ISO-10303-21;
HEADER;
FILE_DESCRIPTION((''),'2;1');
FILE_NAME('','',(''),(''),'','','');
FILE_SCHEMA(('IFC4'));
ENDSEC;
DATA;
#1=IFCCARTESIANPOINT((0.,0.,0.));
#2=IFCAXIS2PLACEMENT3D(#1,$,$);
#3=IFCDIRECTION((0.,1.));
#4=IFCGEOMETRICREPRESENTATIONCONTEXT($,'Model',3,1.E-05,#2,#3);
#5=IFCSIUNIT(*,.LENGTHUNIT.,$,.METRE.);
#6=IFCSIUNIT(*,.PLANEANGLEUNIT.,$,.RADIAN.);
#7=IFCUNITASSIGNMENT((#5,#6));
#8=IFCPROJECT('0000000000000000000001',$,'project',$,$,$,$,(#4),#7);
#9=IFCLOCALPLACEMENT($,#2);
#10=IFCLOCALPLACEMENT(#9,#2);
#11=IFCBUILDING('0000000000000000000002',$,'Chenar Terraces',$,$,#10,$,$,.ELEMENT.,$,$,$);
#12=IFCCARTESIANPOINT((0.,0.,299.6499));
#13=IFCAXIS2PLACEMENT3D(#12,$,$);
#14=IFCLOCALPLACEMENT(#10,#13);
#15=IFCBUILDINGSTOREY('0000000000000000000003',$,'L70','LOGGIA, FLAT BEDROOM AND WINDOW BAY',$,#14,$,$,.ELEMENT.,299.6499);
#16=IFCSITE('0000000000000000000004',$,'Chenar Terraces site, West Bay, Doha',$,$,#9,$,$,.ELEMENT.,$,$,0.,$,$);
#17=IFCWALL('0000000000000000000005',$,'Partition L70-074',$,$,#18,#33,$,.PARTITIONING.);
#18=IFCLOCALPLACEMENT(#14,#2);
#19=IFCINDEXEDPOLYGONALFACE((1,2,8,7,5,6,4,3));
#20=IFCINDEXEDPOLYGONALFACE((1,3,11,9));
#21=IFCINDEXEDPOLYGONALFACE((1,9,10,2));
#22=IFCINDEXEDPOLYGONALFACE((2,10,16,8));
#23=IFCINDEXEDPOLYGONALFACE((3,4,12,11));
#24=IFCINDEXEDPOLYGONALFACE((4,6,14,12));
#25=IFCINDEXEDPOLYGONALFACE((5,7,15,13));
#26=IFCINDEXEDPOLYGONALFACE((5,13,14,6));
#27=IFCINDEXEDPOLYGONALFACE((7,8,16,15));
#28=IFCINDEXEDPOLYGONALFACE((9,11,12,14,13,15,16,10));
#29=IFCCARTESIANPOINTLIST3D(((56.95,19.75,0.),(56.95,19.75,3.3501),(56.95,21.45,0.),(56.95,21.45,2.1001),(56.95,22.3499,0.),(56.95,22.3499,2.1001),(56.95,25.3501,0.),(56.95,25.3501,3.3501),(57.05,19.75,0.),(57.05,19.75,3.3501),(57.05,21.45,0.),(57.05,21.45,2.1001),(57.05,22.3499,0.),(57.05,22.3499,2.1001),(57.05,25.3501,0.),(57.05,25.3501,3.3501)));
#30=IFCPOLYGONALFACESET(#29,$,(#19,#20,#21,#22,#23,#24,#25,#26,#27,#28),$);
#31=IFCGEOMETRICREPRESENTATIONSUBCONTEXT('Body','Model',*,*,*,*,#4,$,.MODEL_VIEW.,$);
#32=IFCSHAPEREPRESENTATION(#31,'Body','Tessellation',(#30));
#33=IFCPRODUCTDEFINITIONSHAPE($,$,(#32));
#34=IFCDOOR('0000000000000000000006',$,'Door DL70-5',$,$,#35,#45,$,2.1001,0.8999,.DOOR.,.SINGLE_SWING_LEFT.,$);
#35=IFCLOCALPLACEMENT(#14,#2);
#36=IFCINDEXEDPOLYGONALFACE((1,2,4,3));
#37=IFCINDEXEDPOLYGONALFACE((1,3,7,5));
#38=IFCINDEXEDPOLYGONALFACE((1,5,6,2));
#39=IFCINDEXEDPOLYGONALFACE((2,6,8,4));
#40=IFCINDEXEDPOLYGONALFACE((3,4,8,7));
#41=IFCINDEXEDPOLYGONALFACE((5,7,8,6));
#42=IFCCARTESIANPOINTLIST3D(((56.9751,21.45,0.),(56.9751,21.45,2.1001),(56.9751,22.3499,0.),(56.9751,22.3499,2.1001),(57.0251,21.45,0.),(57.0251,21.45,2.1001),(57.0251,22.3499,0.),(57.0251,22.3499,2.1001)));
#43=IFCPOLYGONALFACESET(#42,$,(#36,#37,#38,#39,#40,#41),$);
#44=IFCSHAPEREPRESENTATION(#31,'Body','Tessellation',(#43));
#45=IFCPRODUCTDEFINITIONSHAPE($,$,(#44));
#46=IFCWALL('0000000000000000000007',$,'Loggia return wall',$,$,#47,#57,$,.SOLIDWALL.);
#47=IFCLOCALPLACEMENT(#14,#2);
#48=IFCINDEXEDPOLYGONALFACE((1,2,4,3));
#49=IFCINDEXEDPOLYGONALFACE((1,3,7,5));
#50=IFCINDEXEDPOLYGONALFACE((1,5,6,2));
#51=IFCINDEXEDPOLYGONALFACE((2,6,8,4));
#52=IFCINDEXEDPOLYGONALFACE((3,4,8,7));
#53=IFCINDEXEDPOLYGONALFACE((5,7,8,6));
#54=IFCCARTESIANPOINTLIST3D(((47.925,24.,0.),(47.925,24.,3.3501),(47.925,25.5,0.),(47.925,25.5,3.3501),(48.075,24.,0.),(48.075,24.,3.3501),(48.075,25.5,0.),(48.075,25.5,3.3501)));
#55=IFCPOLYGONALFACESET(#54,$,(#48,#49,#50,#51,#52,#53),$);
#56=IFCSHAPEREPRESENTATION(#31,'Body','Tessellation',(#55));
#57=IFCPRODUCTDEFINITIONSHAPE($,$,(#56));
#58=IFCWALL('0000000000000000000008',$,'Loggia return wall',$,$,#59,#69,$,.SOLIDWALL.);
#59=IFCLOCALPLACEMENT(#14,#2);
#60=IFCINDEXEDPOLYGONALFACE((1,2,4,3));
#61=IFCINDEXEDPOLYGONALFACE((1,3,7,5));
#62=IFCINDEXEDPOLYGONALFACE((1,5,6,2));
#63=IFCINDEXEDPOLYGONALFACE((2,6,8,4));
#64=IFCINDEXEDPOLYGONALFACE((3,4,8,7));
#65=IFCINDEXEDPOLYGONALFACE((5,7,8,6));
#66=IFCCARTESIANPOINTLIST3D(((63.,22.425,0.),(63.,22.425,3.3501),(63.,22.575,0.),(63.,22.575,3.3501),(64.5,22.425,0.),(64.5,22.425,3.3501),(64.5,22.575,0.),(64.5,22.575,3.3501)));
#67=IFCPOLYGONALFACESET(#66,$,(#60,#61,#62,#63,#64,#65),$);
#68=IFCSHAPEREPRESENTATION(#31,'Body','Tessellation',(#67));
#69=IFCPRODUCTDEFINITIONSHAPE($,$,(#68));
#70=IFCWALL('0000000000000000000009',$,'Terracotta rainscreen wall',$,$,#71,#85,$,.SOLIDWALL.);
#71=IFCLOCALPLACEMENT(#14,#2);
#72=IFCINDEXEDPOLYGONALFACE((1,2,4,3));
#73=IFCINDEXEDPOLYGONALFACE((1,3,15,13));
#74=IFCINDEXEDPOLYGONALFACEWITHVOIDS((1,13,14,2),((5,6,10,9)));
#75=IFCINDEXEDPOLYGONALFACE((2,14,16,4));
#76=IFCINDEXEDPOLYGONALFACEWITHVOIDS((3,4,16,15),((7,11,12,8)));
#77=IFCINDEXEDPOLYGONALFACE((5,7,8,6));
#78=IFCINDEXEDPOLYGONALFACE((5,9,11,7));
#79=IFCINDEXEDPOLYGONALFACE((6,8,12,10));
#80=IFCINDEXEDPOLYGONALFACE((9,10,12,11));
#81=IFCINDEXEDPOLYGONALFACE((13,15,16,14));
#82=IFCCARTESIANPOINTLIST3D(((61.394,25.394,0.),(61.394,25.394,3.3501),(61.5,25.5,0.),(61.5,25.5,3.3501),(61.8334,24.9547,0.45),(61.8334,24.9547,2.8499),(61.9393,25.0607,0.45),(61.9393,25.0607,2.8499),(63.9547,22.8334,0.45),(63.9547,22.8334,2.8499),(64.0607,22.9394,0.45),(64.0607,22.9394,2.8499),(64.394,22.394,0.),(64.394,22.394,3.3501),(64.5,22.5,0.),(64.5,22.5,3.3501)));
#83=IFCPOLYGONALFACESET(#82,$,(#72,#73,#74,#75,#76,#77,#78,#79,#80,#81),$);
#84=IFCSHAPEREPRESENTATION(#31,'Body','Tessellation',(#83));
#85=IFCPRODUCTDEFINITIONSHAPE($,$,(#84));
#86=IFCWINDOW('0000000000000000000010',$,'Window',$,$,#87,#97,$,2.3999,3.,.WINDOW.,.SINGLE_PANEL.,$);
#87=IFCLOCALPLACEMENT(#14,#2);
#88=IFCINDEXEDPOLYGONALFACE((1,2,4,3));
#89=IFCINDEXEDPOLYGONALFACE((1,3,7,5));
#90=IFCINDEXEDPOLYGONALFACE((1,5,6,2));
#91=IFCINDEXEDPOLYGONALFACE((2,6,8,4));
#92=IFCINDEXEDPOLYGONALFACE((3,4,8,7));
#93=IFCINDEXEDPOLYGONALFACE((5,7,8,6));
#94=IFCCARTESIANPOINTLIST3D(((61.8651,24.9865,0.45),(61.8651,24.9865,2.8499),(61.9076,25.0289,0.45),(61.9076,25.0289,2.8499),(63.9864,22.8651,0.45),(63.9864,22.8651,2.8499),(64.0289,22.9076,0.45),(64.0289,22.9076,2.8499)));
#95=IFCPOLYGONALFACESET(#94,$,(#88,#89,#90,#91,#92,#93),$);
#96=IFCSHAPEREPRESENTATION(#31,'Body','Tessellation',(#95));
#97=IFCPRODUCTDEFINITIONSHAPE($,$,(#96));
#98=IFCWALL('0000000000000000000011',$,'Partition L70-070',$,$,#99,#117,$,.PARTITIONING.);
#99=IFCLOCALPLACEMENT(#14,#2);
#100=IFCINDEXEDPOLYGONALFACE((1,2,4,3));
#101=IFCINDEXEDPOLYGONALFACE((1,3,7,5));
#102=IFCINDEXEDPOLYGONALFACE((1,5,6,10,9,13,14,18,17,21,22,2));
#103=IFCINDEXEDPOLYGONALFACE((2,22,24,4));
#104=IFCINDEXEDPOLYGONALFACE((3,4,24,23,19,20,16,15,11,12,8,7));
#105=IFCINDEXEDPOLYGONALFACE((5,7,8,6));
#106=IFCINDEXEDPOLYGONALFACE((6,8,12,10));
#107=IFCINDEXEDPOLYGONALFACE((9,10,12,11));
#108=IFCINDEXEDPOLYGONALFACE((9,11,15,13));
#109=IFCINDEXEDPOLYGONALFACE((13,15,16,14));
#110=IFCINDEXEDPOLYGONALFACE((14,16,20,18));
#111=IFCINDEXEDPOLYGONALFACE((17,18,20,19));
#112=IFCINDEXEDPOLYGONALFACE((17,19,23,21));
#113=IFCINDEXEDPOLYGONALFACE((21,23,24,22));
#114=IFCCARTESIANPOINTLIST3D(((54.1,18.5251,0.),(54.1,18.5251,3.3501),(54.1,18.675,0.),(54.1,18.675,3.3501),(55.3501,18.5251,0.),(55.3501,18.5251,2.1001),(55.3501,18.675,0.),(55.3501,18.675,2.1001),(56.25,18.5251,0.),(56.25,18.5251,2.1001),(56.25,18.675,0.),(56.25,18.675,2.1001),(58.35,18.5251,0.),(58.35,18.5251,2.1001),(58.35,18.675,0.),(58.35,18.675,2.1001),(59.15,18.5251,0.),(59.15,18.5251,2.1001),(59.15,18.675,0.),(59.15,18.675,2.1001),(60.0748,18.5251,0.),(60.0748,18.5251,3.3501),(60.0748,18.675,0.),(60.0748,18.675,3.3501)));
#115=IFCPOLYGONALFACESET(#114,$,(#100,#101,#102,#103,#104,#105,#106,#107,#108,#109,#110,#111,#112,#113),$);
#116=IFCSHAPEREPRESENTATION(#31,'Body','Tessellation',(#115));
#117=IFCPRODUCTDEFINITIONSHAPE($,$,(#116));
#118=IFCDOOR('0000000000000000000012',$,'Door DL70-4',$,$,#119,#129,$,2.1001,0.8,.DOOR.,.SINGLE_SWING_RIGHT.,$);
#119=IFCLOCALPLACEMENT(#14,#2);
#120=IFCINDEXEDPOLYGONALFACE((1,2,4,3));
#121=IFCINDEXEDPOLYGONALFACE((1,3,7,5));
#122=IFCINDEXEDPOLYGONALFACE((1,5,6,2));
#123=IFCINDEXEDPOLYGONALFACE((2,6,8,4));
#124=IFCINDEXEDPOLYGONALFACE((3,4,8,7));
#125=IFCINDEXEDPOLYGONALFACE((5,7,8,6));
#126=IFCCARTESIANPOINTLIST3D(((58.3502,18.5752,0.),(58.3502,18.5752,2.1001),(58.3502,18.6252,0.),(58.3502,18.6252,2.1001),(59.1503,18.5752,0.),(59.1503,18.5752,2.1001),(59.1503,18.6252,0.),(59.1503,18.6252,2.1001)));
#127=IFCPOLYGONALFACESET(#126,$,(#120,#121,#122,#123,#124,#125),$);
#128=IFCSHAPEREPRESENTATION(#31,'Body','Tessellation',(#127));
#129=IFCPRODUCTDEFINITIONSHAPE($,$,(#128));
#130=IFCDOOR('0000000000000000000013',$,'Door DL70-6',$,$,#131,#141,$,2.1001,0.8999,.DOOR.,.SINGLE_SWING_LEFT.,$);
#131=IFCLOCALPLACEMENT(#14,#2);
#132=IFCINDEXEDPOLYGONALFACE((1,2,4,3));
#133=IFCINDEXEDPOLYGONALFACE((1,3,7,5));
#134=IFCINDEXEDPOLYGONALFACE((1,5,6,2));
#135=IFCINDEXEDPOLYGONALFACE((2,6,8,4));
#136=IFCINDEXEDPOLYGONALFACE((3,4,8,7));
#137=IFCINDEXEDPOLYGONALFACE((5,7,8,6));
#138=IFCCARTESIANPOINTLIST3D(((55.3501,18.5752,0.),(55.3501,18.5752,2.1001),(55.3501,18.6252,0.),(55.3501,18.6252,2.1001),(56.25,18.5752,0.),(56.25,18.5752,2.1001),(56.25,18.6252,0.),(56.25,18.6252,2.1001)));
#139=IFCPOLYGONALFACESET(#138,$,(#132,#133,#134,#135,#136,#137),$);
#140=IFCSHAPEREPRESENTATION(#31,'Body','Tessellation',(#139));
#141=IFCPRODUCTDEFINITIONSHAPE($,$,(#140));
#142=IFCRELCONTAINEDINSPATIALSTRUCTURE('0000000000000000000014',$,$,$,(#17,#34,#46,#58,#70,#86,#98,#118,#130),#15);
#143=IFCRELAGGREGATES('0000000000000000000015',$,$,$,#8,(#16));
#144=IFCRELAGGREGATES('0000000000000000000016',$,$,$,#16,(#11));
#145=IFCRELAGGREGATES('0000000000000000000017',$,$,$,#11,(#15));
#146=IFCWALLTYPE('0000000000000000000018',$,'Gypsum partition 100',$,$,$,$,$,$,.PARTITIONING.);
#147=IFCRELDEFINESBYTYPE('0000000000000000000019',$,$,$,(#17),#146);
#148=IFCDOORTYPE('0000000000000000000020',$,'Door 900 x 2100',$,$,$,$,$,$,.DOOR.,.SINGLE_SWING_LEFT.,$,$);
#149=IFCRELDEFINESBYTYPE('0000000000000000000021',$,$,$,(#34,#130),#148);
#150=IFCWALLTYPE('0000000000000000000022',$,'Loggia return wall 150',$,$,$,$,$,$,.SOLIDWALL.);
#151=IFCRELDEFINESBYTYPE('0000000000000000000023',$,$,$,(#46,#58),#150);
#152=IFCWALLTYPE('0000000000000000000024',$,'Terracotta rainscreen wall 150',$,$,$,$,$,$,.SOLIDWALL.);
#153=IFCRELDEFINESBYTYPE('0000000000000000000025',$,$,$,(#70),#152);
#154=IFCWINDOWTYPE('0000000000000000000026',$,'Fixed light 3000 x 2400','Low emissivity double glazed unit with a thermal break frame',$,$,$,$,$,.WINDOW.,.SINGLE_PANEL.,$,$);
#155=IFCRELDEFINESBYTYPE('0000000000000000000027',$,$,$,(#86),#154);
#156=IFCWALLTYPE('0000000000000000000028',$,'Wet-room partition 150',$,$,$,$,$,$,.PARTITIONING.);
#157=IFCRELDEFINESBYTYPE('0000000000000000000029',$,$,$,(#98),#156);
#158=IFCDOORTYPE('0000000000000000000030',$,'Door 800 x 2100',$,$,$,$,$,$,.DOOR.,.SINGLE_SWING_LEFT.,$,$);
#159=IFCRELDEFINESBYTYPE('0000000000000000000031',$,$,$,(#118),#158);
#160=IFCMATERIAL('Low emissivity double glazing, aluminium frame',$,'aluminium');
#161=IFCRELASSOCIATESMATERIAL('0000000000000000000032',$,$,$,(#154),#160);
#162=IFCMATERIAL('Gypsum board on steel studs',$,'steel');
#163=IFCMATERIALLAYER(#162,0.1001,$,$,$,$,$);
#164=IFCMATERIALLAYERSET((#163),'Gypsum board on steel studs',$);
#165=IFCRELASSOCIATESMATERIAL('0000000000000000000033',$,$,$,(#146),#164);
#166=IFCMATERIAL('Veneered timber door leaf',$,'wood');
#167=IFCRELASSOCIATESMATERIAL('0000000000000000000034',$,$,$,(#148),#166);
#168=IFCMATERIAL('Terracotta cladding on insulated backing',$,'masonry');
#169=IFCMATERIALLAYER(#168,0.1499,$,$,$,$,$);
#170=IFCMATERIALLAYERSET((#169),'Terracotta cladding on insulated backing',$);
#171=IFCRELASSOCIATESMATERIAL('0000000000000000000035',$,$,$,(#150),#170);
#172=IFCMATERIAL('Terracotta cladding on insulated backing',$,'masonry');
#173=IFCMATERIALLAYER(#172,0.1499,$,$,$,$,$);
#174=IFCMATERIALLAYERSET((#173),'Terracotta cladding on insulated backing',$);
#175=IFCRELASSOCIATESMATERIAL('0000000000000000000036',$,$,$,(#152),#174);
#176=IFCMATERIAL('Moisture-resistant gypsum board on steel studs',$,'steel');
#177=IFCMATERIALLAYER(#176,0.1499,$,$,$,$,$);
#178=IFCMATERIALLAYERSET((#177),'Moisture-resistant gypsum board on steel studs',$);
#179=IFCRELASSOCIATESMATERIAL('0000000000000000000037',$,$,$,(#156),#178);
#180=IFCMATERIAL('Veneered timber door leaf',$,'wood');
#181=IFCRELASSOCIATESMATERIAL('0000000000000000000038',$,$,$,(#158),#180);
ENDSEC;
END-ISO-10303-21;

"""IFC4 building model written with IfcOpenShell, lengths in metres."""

from ifc_helpers import new_model, si_unit, direction, frame, frame_2d, origin, place, context, subcontext, project, spatial, rectangle, extrude, material, layer, layer_set, type_object, element, fill, save


model = new_model("IFC4")

# Units and contexts
model_context = context("Model", 3, precision=1e-05, world=origin(), true_north=direction((0.0, 1.0)))
body_context = subcontext(model_context, "Body", "Model", "MODEL_VIEW")
ifc_project = project(units=[si_unit("LENGTHUNIT", "METRE"), si_unit("PLANEANGLEUNIT", "RADIAN")], contexts=[model_context])

# Site, building, storey
site_placement = place(None, origin())
site = spatial("IfcSite", under=ifc_project, at=site_placement, Name="Chenar Terraces site, West Bay, Doha", CompositionType="ELEMENT", RefElevation=0.0)
building_placement = place(site_placement, origin())
building = spatial("IfcBuilding", under=site, at=building_placement, Name="Chenar Terraces", CompositionType="ELEMENT")
storey_placement = place(building_placement, frame((0.0, 0.0, 299.6499)))
storey = spatial("IfcBuildingStorey", under=building, at=storey_placement, Name="L70", Description="LOGGIA, FLAT BEDROOM AND WINDOW BAY", CompositionType="ELEMENT", Elevation=299.6499)

# Shared definitions
ifc_material_1 = material(Name="Low emissivity double glazing, aluminium frame", Category="aluminium")
window_type_1 = type_object("IfcWindowType", Name="Fixed light 3000 x 2400", Description="Low emissivity double glazed unit with a thermal break frame", PartitioningType="SINGLE_PANEL", PredefinedType="WINDOW", material=ifc_material_1)

# Shared definitions
ifc_material_2 = material(Name="Gypsum board on steel studs", Category="steel")
ifc_layer_1 = layer(ifc_material_2, 0.1001)
ifc_layer_set_1 = layer_set([ifc_layer_1], Name="Gypsum board on steel studs")
wall_type_1 = type_object("IfcWallType", Name="Gypsum partition 100", PredefinedType="PARTITIONING", material=ifc_layer_set_1)

# Wall, opening, door
wall_1_placement = place(storey_placement, frame((57.0, 19.75, 0.0), z_axis=(0.0, 0.0, 1.0), x_axis=(0.0, 1.0, 0.0)))
wall_1 = element("IfcWall", 1, at=wall_1_placement, inside=storey, type_object=wall_type_1, Name="Partition L70-074", PredefinedType="PARTITIONING", context=body_context, shape_type="SweptSolid", body=[
    extrude(rectangle(XDim=5.6001, YDim=0.1001, at=frame_2d((2.8, 0.0))), origin(), (0.0, 0.0, 1.0), 3.3501),
])
opening_1_placement = place(wall_1_placement, frame((1.7, 0.0, 0.0)))
opening_1 = element("IfcOpeningElement", 2, at=opening_1_placement, cuts=wall_1, PredefinedType="OPENING", context=body_context, shape_type="SweptSolid", body=[
    extrude(rectangle(XDim=0.8999, YDim=2.1001, at=frame_2d((0.45, 1.05))), frame((0.0, 0.0601, 0.0), z_axis=(0.0, -1.0, 0.0), x_axis=(1.0, 0.0, 0.0)), (0.0, 0.0, 1.0), 0.1201),
])
ifc_material_3 = material(Name="Veneered timber door leaf", Category="wood")
door_type_1 = type_object("IfcDoorType", Name="Door 900 x 2100", OperationType="SINGLE_SWING_LEFT", PredefinedType="DOOR", material=ifc_material_3)
door_1_placement = place(opening_1_placement, origin())
door_1 = element("IfcDoor", 3, at=door_1_placement, inside=storey, type_object=door_type_1, Name="Door DL70-5", OperationType="SINGLE_SWING_LEFT", OverallHeight=2.1001, OverallWidth=0.8999, PredefinedType="DOOR", context=body_context, shape_type="SweptSolid", body=[
    extrude(rectangle(XDim=0.8999, YDim=2.1001, at=frame_2d((0.45, 1.05))), frame((0.0, 0.0249, 0.0), z_axis=(0.0, -1.0, 0.0), x_axis=(1.0, 0.0, 0.0)), (0.0, 0.0, 1.0), 0.05),
])
fill(opening_1, door_1)

# Walls
ifc_material_4 = material(Name="Terracotta cladding on insulated backing", Category="masonry")
ifc_layer_2 = layer(ifc_material_4, 0.1499)
ifc_layer_set_2 = layer_set([ifc_layer_2], Name="Terracotta cladding on insulated backing")
wall_type_2 = type_object("IfcWallType", Name="Loggia return wall 150", PredefinedType="SOLIDWALL", material=ifc_layer_set_2)
for number, where, z_axis, x_axis, name in (
    (4, (48.0, 25.5, 0.0), (0.0, 0.0, 1.0), (0.0, -1.0, 0.0), "Loggia return wall"),
    (5, (64.5, 22.5, 0.0), (0.0, 0.0, 1.0), (-1.0, 0.0, 0.0), "Loggia return wall"),
):
    element("IfcWall", number, at=place(storey_placement, frame(where, z_axis=z_axis, x_axis=x_axis)), inside=storey, type_object=wall_type_2, Name=name, PredefinedType="SOLIDWALL", context=body_context, shape_type="SweptSolid", body=[
        extrude(rectangle(XDim=1.5, YDim=0.1499, at=frame_2d((0.75, 0.0))), origin(), (0.0, 0.0, 1.0), 3.3501),
    ])

# Wall, opening, window
ifc_material_5 = material(Name="Terracotta cladding on insulated backing", Category="masonry")
ifc_layer_3 = layer(ifc_material_5, 0.1499)
ifc_layer_set_3 = layer_set([ifc_layer_3], Name="Terracotta cladding on insulated backing")
wall_type_3 = type_object("IfcWallType", Name="Terracotta rainscreen wall 150", PredefinedType="SOLIDWALL", material=ifc_layer_set_3)
wall_2_placement = place(storey_placement, frame((64.447, 22.447, 0.0), z_axis=(0.0, 0.0, 1.0), x_axis=(-0.707107, 0.707107, 0.0)))
wall_2 = element("IfcWall", 6, at=wall_2_placement, inside=storey, type_object=wall_type_3, Name="Terracotta rainscreen wall", PredefinedType="SOLIDWALL", context=body_context, shape_type="SweptSolid", body=[
    extrude(rectangle(XDim=4.2427, YDim=0.1499, at=frame_2d((2.1213, 0.0))), origin(), (0.0, 0.0, 1.0), 3.3501),
])
opening_2_placement = place(wall_2_placement, frame((0.6213, 0.0, 0.45)))
opening_2 = element("IfcOpeningElement", 7, at=opening_2_placement, cuts=wall_2, PredefinedType="OPENING", context=body_context, shape_type="SweptSolid", body=[
    extrude(rectangle(XDim=3.0, YDim=2.3999, at=frame_2d((1.5, 1.2))), frame((0.0, 0.085, 0.0), z_axis=(0.0, -1.0, 0.0), x_axis=(1.0, 0.0, 0.0)), (0.0, 0.0, 1.0), 0.1699),
])
window_1_placement = place(opening_2_placement, origin())
window_1 = element("IfcWindow", 8, at=window_1_placement, inside=storey, type_object=window_type_1, Name="Window", OverallHeight=2.3999, OverallWidth=3.0, PartitioningType="SINGLE_PANEL", PredefinedType="WINDOW", context=body_context, shape_type="SweptSolid", body=[
    extrude(rectangle(XDim=3.0, YDim=2.3999, at=frame_2d((1.5, 1.2))), frame((0.0, 0.03, 0.0), z_axis=(0.0, -1.0, 0.0), x_axis=(1.0, 0.0, 0.0)), (0.0, 0.0, 1.0), 0.0601),
])
fill(opening_2, window_1)

# Wall, openings, doors
ifc_material_6 = material(Name="Moisture-resistant gypsum board on steel studs", Category="steel")
ifc_layer_4 = layer(ifc_material_6, 0.1499)
ifc_layer_set_4 = layer_set([ifc_layer_4], Name="Moisture-resistant gypsum board on steel studs")
wall_type_4 = type_object("IfcWallType", Name="Wet-room partition 150", PredefinedType="PARTITIONING", material=ifc_layer_set_4)
wall_3_placement = place(storey_placement, frame((54.1001, 18.6001, 0.0), z_axis=(0.0, 0.0, 1.0), x_axis=(1.0, 0.0, 0.0)))
wall_3 = element("IfcWall", 9, at=wall_3_placement, inside=storey, type_object=wall_type_4, Name="Partition L70-070", PredefinedType="PARTITIONING", context=body_context, shape_type="SweptSolid", body=[
    extrude(rectangle(XDim=5.9749, YDim=0.1499, at=frame_2d((2.9873, 0.0))), origin(), (0.0, 0.0, 1.0), 3.3501),
])
opening_3_placement = place(wall_3_placement, frame((4.25, 0.0, 0.0)))
opening_3 = element("IfcOpeningElement", 10, at=opening_3_placement, cuts=wall_3, PredefinedType="OPENING", context=body_context, shape_type="SweptSolid", body=[
    extrude(rectangle(XDim=0.8, YDim=2.1001, at=frame_2d((0.3999, 1.05))), frame((0.0, 0.085, 0.0), z_axis=(0.0, -1.0, 0.0), x_axis=(1.0, 0.0, 0.0)), (0.0, 0.0, 1.0), 0.1699),
])
opening_4_placement = place(wall_3_placement, frame((1.25, 0.0, 0.0)))
opening_4 = element("IfcOpeningElement", 11, at=opening_4_placement, cuts=wall_3, PredefinedType="OPENING", context=body_context, shape_type="SweptSolid", body=[
    extrude(rectangle(XDim=0.8999, YDim=2.1001, at=frame_2d((0.45, 1.05))), frame((0.0, 0.085, 0.0), z_axis=(0.0, -1.0, 0.0), x_axis=(1.0, 0.0, 0.0)), (0.0, 0.0, 1.0), 0.1699),
])
ifc_material_7 = material(Name="Veneered timber door leaf", Category="wood")
door_type_2 = type_object("IfcDoorType", Name="Door 800 x 2100", OperationType="SINGLE_SWING_LEFT", PredefinedType="DOOR", material=ifc_material_7)
door_2_placement = place(opening_3_placement, frame((0.8, 0.0, 0.0), z_axis=(0.0, 0.0, 1.0), x_axis=(-1.0, 0.0, 0.0)))
door_2 = element("IfcDoor", 12, at=door_2_placement, inside=storey, type_object=door_type_2, Name="Door DL70-4", OperationType="SINGLE_SWING_RIGHT", OverallHeight=2.1001, OverallWidth=0.8, PredefinedType="DOOR", context=body_context, shape_type="SweptSolid", body=[
    extrude(rectangle(XDim=0.8, YDim=2.1001, at=frame_2d((0.3999, 1.05))), frame((0.0, 0.0249, 0.0), z_axis=(0.0, -1.0, 0.0), x_axis=(1.0, 0.0, 0.0)), (0.0, 0.0, 1.0), 0.05),
])
fill(opening_3, door_2)
door_3_placement = place(opening_4_placement, frame((0.8999, 0.0, 0.0), z_axis=(0.0, 0.0, 1.0), x_axis=(-1.0, 0.0, 0.0)))
door_3 = element("IfcDoor", 13, at=door_3_placement, inside=storey, type_object=door_type_1, Name="Door DL70-6", OperationType="SINGLE_SWING_LEFT", OverallHeight=2.1001, OverallWidth=0.8999, PredefinedType="DOOR", context=body_context, shape_type="SweptSolid", body=[
    extrude(rectangle(XDim=0.8999, YDim=2.1001, at=frame_2d((0.45, 1.05))), frame((0.0, 0.0249, 0.0), z_axis=(0.0, -1.0, 0.0), x_axis=(1.0, 0.0, 0.0)), (0.0, 0.0, 1.0), 0.05),
])
fill(opening_4, door_3)

save(model, "model.ifc")
